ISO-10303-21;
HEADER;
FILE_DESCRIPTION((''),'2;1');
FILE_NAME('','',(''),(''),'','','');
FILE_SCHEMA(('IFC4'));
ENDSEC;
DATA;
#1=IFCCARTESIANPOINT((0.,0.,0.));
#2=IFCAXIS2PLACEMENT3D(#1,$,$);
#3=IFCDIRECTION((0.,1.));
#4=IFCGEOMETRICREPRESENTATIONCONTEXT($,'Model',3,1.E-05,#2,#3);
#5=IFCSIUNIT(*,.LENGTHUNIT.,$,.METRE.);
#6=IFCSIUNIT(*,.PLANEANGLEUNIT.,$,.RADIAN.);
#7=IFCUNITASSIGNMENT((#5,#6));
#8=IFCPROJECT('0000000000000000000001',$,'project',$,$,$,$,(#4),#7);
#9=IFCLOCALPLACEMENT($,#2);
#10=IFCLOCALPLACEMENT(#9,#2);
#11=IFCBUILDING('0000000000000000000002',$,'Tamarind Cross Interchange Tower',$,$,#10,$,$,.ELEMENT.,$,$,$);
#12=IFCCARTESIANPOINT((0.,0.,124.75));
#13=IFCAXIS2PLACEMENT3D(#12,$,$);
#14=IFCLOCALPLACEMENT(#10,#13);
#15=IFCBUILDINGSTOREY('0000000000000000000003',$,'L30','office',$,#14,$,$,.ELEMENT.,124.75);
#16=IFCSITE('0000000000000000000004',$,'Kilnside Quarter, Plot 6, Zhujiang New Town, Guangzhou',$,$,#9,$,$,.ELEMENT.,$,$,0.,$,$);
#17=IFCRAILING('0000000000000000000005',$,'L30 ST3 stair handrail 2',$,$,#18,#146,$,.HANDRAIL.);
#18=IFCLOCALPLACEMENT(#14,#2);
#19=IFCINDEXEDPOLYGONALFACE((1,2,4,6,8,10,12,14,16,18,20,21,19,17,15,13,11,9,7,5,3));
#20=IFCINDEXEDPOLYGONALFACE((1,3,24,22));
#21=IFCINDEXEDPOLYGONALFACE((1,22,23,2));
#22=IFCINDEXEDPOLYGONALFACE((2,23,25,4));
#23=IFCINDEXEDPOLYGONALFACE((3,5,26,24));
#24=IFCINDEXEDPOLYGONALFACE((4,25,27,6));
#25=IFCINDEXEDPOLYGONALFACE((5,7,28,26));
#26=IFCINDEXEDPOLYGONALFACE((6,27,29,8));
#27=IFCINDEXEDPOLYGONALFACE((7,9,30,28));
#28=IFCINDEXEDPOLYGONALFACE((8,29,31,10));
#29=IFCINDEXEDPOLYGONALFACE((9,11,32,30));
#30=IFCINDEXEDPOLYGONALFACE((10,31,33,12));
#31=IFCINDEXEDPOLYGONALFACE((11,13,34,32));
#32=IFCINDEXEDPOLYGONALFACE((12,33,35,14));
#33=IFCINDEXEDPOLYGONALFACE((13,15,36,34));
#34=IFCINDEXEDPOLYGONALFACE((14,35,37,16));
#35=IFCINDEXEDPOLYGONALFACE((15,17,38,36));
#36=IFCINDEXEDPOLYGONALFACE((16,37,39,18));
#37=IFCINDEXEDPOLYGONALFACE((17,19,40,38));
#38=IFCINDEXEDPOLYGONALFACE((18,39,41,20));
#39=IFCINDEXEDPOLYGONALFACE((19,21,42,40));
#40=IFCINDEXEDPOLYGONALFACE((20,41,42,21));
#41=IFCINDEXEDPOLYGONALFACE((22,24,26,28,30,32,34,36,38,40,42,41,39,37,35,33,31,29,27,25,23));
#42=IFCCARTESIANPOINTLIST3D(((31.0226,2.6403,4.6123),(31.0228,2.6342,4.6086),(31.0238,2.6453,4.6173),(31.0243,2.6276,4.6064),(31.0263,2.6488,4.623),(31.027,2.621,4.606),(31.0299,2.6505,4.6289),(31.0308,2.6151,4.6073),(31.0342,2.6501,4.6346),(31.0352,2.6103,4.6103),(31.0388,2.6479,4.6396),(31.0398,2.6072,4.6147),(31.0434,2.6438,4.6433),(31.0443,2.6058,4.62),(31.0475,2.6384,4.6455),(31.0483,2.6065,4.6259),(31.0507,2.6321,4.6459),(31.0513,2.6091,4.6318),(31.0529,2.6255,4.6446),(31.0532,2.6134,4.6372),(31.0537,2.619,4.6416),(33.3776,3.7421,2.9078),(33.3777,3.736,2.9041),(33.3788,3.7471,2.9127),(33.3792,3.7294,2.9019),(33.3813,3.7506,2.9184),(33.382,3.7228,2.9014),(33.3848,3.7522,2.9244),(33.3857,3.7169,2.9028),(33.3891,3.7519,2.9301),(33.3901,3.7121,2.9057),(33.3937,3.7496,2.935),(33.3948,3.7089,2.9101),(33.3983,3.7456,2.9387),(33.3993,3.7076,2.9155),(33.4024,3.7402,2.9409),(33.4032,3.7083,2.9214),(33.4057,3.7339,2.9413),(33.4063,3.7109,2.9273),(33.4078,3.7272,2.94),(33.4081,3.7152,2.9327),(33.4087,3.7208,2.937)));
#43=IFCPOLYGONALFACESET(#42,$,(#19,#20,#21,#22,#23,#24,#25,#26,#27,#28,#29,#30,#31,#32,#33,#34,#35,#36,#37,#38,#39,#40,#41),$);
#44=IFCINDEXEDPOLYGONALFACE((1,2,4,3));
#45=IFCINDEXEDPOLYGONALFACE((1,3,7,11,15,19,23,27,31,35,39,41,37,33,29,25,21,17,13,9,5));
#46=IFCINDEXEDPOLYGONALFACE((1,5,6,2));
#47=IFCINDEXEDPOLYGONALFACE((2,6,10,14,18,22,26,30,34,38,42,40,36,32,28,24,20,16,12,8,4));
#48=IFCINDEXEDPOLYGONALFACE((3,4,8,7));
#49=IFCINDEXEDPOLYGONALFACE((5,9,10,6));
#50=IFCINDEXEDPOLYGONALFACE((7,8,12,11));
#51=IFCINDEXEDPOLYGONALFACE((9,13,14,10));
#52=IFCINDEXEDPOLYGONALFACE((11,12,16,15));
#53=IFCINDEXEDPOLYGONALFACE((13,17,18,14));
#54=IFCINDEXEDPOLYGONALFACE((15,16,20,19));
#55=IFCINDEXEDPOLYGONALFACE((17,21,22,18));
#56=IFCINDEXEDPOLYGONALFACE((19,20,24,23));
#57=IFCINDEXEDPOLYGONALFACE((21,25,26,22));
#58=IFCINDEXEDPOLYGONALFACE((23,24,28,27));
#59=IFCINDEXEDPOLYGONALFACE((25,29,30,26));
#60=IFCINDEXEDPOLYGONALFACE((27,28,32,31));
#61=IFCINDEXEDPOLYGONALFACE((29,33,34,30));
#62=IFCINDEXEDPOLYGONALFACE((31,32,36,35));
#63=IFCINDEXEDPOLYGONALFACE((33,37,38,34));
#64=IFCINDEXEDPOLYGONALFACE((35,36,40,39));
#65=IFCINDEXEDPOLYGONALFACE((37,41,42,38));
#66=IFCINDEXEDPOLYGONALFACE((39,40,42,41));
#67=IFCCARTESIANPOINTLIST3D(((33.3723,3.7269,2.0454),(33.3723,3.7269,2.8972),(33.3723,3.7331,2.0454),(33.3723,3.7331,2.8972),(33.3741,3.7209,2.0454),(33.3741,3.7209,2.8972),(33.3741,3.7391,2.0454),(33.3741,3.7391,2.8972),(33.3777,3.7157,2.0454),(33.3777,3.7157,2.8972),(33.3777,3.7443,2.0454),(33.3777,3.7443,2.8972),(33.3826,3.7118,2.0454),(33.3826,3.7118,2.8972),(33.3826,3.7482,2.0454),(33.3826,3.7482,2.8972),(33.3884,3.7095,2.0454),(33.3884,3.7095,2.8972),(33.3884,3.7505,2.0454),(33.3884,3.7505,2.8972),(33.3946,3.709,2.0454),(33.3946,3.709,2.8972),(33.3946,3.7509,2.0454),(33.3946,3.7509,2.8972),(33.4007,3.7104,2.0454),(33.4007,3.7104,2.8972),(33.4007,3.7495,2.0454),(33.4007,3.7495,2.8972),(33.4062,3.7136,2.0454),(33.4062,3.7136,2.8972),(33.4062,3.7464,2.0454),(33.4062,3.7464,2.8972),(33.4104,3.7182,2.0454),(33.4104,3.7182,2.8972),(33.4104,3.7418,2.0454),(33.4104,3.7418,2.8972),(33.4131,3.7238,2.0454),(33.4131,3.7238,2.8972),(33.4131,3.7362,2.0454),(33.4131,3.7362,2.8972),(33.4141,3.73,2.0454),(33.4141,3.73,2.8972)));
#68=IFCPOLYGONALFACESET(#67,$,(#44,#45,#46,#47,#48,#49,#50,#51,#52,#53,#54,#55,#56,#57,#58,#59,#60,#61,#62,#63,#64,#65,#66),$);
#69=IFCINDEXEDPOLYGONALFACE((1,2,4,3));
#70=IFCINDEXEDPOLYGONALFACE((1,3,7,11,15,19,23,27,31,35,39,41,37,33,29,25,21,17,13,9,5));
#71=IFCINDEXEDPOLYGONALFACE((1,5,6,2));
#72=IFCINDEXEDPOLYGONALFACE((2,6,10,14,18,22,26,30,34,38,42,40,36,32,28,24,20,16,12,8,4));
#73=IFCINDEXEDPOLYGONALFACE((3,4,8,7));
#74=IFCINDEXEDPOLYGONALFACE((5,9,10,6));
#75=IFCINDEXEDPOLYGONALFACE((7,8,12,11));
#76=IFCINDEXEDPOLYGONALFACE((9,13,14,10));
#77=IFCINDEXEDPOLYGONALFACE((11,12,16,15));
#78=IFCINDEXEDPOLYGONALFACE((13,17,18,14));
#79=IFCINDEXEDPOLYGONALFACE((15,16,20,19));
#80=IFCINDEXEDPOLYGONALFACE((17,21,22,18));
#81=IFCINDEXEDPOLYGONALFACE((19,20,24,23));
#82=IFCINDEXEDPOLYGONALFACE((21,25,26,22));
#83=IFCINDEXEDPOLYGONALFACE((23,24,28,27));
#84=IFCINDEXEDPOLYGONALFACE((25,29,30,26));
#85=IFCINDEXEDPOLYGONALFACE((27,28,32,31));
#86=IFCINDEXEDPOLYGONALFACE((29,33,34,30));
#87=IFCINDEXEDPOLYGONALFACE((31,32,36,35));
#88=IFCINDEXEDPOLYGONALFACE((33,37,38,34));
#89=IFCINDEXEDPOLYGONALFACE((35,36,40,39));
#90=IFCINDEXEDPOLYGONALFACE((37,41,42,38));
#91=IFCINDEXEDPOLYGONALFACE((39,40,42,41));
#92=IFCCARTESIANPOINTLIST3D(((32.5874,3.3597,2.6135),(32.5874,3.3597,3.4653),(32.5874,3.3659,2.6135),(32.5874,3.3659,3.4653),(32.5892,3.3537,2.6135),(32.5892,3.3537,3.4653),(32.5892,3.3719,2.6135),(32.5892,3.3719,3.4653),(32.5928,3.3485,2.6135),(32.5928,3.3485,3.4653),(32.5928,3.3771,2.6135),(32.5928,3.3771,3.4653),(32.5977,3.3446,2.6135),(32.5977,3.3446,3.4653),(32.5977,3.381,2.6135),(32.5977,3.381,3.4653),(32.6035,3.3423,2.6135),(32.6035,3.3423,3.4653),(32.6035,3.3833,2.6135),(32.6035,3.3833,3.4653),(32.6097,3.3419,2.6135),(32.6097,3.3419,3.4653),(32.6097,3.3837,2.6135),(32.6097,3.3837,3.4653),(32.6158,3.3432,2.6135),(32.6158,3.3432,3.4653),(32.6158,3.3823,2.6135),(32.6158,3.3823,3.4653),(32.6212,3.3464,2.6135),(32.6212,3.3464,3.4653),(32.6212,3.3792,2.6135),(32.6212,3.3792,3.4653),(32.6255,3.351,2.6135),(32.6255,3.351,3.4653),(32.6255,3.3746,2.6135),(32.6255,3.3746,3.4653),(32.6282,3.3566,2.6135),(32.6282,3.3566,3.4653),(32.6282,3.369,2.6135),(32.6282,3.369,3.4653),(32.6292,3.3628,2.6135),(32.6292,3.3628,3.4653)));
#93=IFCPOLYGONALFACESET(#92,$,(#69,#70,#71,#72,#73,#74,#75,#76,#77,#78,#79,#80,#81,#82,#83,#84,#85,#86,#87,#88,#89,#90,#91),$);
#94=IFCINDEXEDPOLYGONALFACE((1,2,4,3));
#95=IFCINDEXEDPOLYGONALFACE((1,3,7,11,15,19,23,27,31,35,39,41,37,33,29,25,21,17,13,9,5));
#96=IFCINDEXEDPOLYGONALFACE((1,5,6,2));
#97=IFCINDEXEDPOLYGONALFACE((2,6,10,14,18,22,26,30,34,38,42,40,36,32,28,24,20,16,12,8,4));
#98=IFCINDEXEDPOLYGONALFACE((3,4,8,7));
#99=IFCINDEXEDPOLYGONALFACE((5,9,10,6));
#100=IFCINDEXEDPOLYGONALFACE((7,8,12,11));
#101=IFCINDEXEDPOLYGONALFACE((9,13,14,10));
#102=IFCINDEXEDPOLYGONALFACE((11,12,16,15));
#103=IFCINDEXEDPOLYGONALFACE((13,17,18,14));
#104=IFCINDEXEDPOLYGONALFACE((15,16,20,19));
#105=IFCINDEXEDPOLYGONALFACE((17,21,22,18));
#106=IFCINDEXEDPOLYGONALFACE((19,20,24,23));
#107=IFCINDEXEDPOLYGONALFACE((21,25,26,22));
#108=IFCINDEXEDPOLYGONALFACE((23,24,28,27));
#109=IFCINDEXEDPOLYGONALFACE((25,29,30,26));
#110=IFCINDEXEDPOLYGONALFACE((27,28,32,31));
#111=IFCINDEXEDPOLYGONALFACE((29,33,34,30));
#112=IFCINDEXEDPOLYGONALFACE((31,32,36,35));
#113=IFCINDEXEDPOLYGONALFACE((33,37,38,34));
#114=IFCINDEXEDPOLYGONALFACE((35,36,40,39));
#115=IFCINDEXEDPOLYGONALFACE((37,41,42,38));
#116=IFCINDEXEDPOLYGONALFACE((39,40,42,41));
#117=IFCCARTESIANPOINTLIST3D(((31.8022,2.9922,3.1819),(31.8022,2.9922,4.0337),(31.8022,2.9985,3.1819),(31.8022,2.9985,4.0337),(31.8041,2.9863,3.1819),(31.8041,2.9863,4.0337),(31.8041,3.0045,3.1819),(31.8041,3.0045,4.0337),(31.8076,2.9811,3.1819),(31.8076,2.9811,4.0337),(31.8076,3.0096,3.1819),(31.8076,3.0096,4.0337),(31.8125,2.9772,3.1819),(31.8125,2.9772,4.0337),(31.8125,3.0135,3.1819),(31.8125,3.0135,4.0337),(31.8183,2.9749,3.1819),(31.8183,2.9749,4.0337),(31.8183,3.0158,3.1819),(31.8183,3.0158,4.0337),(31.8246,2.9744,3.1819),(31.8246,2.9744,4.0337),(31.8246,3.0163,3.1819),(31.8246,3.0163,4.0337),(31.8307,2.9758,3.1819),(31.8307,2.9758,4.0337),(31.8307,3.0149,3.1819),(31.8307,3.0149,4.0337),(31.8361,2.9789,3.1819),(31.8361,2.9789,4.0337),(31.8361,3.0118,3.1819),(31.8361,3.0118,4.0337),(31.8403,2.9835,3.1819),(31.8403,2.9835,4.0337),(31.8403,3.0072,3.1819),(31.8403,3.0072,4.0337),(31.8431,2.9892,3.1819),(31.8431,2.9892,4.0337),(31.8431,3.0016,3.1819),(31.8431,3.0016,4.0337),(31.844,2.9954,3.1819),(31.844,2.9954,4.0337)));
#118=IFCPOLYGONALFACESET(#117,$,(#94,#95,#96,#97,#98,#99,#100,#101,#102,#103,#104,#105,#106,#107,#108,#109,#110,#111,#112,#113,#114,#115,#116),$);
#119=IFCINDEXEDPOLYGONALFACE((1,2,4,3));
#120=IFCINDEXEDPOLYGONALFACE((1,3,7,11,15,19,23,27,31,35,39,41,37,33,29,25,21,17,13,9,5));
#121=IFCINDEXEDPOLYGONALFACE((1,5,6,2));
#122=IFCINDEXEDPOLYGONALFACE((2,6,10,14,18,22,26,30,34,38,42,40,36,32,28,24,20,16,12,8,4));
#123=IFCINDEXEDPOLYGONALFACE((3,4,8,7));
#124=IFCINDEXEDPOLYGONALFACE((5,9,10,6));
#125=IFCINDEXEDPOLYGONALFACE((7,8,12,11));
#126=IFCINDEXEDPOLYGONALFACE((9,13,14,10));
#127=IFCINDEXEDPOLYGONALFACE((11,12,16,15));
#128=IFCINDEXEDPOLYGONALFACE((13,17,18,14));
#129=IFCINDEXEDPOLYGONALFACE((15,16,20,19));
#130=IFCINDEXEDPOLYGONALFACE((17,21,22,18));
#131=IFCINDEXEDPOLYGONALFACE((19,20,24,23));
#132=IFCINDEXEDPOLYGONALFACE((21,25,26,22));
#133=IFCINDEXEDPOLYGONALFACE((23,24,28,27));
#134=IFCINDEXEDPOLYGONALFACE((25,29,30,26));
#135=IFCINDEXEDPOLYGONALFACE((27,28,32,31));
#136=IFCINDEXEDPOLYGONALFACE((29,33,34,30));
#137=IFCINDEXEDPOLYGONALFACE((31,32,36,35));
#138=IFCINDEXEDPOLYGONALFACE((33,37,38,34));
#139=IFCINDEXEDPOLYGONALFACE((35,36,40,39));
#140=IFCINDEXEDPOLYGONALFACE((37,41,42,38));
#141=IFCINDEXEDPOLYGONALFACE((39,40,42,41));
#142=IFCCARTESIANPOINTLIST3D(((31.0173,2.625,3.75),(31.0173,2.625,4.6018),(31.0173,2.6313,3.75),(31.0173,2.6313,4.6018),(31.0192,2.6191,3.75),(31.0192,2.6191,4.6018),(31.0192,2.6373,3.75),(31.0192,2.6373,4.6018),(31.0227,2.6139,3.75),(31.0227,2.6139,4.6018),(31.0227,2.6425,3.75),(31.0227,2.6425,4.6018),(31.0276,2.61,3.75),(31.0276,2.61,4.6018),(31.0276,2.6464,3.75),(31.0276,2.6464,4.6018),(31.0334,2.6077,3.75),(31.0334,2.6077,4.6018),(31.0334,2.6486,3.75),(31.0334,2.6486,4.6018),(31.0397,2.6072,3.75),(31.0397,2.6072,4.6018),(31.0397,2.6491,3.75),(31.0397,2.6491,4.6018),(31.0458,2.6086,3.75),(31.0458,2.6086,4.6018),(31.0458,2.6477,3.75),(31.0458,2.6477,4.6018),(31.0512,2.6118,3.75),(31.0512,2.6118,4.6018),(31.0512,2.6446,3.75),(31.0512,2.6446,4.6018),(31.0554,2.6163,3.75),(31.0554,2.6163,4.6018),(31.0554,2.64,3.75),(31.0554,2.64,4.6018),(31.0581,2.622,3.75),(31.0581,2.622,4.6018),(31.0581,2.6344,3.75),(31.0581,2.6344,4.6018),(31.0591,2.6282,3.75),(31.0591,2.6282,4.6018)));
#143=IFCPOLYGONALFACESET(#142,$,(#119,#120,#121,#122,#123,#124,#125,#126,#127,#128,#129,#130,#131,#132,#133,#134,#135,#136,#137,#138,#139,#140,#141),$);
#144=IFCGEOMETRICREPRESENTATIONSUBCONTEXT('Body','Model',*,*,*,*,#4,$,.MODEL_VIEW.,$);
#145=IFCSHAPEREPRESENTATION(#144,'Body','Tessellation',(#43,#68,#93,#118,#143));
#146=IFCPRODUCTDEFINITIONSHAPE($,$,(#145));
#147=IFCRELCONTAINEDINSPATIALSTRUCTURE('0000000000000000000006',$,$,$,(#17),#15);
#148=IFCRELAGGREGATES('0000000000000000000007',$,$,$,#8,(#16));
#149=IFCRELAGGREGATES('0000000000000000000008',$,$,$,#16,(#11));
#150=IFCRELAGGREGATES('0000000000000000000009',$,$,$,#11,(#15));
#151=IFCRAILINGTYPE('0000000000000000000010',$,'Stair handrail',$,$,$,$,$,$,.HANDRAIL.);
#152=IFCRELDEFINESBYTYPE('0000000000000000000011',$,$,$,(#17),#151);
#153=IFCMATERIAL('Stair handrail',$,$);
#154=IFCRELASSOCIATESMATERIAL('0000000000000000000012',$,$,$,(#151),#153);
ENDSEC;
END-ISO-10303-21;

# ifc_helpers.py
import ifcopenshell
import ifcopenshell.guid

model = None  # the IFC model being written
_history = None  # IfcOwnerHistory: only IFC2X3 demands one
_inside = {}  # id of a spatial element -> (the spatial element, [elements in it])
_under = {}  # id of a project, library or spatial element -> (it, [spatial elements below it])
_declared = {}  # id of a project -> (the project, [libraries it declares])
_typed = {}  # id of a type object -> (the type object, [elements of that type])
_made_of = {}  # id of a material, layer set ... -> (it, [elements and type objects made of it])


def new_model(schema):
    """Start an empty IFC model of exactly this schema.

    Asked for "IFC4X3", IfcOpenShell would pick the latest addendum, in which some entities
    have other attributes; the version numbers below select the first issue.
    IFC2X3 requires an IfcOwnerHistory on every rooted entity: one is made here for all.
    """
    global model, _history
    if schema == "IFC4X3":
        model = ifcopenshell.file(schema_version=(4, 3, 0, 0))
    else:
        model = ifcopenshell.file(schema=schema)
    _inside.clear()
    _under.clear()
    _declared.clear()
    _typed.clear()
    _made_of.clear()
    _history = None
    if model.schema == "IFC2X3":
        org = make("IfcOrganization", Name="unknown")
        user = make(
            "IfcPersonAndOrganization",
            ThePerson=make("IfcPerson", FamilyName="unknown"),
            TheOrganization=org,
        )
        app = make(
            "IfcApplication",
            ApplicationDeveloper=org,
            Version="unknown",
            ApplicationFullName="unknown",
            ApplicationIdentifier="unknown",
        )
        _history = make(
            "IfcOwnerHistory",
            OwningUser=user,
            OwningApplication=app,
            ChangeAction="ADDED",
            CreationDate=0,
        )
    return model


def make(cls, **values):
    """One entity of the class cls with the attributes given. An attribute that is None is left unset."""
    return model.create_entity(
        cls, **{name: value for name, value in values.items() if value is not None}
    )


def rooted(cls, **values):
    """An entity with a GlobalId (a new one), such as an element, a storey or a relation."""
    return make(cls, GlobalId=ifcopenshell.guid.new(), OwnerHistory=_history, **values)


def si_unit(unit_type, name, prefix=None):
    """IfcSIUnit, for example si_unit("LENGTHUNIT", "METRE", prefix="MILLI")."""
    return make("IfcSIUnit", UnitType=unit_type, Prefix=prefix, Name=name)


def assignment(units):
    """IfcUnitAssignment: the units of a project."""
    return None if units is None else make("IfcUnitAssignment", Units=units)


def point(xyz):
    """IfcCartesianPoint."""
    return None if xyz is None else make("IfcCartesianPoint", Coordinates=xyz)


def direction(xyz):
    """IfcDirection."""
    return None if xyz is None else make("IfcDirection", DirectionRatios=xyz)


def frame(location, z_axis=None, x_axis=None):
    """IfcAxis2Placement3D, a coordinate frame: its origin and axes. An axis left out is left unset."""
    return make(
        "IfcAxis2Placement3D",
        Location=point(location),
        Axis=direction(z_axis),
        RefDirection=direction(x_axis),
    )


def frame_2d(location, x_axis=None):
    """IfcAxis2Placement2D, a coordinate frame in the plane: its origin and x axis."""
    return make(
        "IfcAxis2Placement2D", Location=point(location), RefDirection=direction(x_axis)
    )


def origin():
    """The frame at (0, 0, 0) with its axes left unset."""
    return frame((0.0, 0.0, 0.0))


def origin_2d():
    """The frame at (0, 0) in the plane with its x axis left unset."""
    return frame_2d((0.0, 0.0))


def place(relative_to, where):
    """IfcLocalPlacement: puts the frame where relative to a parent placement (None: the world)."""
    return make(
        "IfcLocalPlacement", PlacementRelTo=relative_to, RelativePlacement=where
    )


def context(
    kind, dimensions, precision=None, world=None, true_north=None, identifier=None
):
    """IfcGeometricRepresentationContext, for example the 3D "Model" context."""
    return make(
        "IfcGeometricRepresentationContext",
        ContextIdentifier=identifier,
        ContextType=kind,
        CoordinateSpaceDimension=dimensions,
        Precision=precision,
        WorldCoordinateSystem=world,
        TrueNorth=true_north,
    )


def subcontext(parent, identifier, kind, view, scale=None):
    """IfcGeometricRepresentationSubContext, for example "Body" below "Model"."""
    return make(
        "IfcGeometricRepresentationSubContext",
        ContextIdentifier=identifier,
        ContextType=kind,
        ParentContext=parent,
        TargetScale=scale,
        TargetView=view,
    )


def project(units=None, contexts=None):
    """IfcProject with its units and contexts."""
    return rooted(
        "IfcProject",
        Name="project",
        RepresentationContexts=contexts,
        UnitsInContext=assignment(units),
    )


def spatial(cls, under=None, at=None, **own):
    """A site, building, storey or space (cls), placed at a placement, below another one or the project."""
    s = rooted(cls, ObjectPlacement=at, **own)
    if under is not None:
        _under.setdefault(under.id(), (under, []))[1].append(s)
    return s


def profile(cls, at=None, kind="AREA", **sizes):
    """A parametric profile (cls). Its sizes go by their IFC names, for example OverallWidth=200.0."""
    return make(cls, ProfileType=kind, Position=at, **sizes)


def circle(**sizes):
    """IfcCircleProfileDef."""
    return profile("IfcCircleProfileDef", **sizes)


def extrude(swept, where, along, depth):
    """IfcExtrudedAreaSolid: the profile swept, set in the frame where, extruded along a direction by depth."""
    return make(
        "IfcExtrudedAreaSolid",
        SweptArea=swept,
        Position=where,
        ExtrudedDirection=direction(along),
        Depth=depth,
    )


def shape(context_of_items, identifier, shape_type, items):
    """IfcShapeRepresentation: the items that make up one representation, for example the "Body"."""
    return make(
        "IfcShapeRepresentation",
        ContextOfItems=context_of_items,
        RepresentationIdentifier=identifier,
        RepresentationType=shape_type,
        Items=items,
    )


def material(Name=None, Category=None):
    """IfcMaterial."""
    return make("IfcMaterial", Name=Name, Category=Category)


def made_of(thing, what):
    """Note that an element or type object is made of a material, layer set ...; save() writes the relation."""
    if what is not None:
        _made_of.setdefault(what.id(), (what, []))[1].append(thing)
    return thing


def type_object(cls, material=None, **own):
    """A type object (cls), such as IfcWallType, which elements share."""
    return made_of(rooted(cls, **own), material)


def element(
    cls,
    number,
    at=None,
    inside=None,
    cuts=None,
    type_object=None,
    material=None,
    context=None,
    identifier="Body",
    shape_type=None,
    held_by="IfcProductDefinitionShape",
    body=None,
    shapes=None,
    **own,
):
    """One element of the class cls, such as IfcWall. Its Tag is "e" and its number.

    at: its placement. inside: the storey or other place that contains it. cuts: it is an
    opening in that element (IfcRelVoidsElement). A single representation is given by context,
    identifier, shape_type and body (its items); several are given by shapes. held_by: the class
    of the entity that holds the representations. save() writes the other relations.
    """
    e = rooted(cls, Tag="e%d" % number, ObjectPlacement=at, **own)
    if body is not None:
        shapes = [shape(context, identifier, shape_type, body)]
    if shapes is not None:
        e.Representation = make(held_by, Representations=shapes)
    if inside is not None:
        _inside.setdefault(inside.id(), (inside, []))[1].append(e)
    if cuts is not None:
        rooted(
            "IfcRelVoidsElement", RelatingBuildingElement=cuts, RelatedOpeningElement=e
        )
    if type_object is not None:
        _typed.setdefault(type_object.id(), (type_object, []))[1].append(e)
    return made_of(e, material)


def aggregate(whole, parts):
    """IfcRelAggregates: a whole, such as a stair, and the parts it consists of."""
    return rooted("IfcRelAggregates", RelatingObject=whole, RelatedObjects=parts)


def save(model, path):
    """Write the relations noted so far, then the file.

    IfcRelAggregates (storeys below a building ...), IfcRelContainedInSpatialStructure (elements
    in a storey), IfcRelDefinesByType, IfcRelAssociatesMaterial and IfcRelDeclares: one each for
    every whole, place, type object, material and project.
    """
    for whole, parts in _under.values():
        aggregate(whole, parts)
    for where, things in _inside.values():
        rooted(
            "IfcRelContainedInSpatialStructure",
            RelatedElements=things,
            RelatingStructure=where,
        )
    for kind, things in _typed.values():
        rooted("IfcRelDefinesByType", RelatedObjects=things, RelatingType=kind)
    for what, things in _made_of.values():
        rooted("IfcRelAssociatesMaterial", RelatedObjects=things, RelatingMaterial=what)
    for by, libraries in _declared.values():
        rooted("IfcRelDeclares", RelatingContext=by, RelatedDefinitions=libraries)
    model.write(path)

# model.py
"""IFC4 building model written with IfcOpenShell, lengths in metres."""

from ifc_helpers import new_model, si_unit, direction, frame, origin, origin_2d, place, context, subcontext, project, spatial, circle, extrude, material, type_object, element, save


model = new_model("IFC4")

# Units and contexts
model_context = context("Model", 3, precision=1e-05, world=origin(), true_north=direction((0.0, 1.0)))
body_context = subcontext(model_context, "Body", "Model", "MODEL_VIEW")
ifc_project = project(units=[si_unit("LENGTHUNIT", "METRE"), si_unit("PLANEANGLEUNIT", "RADIAN")], contexts=[model_context])

# Site, building, storey
site_placement = place(None, origin())
site = spatial("IfcSite", under=ifc_project, at=site_placement, Name="Kilnside Quarter, Plot 6, Zhujiang New Town, Guangzhou", CompositionType="ELEMENT", RefElevation=0.0)
building_placement = place(site_placement, origin())
building = spatial("IfcBuilding", under=site, at=building_placement, Name="Tamarind Cross Interchange Tower", CompositionType="ELEMENT")
storey_placement = place(building_placement, frame((0.0, 0.0, 124.75)))
storey = spatial("IfcBuildingStorey", under=building, at=storey_placement, Name="L30", Description="office", CompositionType="ELEMENT", Elevation=124.75)

# Railing
ifc_material_1 = material(Name="Stair handrail")
railing_type_1 = type_object("IfcRailingType", Name="Stair handrail", PredefinedType="HANDRAIL", material=ifc_material_1)
railing_1_placement = place(storey_placement, frame((33.3931, 3.73, 2.0454)))
element("IfcRailing", 1, at=railing_1_placement, inside=storey, type_object=railing_type_1, Name="L30 ST3 stair handrail 2", PredefinedType="HANDRAIL", context=body_context, shape_type="SweptSolid", body=[
    extrude(circle(Radius=0.0239, at=origin_2d()), frame((0.0, 0.0, 0.876), z_axis=(-0.757485, -0.354399, 0.548286), x_axis=(0.423775, -0.905768, 0.0)), (0.0, 0.0, 1.0), 3.1089),
    extrude(circle(Radius=0.021, at=origin_2d()), origin(), (0.0, 0.0, 1.0), 0.8518),
    extrude(circle(Radius=0.021, at=origin_2d()), frame((-0.7849, -0.3672, 0.5681)), (0.0, 0.0, 1.0), 0.8518),
    extrude(circle(Radius=0.021, at=origin_2d()), frame((-1.5701, -0.7346, 1.1365)), (0.0, 0.0, 1.0), 0.8518),
    extrude(circle(Radius=0.021, at=origin_2d()), frame((-2.355, -1.1018, 1.7046)), (0.0, 0.0, 1.0), 0.8518),
])

save(model, "model.ifc")
